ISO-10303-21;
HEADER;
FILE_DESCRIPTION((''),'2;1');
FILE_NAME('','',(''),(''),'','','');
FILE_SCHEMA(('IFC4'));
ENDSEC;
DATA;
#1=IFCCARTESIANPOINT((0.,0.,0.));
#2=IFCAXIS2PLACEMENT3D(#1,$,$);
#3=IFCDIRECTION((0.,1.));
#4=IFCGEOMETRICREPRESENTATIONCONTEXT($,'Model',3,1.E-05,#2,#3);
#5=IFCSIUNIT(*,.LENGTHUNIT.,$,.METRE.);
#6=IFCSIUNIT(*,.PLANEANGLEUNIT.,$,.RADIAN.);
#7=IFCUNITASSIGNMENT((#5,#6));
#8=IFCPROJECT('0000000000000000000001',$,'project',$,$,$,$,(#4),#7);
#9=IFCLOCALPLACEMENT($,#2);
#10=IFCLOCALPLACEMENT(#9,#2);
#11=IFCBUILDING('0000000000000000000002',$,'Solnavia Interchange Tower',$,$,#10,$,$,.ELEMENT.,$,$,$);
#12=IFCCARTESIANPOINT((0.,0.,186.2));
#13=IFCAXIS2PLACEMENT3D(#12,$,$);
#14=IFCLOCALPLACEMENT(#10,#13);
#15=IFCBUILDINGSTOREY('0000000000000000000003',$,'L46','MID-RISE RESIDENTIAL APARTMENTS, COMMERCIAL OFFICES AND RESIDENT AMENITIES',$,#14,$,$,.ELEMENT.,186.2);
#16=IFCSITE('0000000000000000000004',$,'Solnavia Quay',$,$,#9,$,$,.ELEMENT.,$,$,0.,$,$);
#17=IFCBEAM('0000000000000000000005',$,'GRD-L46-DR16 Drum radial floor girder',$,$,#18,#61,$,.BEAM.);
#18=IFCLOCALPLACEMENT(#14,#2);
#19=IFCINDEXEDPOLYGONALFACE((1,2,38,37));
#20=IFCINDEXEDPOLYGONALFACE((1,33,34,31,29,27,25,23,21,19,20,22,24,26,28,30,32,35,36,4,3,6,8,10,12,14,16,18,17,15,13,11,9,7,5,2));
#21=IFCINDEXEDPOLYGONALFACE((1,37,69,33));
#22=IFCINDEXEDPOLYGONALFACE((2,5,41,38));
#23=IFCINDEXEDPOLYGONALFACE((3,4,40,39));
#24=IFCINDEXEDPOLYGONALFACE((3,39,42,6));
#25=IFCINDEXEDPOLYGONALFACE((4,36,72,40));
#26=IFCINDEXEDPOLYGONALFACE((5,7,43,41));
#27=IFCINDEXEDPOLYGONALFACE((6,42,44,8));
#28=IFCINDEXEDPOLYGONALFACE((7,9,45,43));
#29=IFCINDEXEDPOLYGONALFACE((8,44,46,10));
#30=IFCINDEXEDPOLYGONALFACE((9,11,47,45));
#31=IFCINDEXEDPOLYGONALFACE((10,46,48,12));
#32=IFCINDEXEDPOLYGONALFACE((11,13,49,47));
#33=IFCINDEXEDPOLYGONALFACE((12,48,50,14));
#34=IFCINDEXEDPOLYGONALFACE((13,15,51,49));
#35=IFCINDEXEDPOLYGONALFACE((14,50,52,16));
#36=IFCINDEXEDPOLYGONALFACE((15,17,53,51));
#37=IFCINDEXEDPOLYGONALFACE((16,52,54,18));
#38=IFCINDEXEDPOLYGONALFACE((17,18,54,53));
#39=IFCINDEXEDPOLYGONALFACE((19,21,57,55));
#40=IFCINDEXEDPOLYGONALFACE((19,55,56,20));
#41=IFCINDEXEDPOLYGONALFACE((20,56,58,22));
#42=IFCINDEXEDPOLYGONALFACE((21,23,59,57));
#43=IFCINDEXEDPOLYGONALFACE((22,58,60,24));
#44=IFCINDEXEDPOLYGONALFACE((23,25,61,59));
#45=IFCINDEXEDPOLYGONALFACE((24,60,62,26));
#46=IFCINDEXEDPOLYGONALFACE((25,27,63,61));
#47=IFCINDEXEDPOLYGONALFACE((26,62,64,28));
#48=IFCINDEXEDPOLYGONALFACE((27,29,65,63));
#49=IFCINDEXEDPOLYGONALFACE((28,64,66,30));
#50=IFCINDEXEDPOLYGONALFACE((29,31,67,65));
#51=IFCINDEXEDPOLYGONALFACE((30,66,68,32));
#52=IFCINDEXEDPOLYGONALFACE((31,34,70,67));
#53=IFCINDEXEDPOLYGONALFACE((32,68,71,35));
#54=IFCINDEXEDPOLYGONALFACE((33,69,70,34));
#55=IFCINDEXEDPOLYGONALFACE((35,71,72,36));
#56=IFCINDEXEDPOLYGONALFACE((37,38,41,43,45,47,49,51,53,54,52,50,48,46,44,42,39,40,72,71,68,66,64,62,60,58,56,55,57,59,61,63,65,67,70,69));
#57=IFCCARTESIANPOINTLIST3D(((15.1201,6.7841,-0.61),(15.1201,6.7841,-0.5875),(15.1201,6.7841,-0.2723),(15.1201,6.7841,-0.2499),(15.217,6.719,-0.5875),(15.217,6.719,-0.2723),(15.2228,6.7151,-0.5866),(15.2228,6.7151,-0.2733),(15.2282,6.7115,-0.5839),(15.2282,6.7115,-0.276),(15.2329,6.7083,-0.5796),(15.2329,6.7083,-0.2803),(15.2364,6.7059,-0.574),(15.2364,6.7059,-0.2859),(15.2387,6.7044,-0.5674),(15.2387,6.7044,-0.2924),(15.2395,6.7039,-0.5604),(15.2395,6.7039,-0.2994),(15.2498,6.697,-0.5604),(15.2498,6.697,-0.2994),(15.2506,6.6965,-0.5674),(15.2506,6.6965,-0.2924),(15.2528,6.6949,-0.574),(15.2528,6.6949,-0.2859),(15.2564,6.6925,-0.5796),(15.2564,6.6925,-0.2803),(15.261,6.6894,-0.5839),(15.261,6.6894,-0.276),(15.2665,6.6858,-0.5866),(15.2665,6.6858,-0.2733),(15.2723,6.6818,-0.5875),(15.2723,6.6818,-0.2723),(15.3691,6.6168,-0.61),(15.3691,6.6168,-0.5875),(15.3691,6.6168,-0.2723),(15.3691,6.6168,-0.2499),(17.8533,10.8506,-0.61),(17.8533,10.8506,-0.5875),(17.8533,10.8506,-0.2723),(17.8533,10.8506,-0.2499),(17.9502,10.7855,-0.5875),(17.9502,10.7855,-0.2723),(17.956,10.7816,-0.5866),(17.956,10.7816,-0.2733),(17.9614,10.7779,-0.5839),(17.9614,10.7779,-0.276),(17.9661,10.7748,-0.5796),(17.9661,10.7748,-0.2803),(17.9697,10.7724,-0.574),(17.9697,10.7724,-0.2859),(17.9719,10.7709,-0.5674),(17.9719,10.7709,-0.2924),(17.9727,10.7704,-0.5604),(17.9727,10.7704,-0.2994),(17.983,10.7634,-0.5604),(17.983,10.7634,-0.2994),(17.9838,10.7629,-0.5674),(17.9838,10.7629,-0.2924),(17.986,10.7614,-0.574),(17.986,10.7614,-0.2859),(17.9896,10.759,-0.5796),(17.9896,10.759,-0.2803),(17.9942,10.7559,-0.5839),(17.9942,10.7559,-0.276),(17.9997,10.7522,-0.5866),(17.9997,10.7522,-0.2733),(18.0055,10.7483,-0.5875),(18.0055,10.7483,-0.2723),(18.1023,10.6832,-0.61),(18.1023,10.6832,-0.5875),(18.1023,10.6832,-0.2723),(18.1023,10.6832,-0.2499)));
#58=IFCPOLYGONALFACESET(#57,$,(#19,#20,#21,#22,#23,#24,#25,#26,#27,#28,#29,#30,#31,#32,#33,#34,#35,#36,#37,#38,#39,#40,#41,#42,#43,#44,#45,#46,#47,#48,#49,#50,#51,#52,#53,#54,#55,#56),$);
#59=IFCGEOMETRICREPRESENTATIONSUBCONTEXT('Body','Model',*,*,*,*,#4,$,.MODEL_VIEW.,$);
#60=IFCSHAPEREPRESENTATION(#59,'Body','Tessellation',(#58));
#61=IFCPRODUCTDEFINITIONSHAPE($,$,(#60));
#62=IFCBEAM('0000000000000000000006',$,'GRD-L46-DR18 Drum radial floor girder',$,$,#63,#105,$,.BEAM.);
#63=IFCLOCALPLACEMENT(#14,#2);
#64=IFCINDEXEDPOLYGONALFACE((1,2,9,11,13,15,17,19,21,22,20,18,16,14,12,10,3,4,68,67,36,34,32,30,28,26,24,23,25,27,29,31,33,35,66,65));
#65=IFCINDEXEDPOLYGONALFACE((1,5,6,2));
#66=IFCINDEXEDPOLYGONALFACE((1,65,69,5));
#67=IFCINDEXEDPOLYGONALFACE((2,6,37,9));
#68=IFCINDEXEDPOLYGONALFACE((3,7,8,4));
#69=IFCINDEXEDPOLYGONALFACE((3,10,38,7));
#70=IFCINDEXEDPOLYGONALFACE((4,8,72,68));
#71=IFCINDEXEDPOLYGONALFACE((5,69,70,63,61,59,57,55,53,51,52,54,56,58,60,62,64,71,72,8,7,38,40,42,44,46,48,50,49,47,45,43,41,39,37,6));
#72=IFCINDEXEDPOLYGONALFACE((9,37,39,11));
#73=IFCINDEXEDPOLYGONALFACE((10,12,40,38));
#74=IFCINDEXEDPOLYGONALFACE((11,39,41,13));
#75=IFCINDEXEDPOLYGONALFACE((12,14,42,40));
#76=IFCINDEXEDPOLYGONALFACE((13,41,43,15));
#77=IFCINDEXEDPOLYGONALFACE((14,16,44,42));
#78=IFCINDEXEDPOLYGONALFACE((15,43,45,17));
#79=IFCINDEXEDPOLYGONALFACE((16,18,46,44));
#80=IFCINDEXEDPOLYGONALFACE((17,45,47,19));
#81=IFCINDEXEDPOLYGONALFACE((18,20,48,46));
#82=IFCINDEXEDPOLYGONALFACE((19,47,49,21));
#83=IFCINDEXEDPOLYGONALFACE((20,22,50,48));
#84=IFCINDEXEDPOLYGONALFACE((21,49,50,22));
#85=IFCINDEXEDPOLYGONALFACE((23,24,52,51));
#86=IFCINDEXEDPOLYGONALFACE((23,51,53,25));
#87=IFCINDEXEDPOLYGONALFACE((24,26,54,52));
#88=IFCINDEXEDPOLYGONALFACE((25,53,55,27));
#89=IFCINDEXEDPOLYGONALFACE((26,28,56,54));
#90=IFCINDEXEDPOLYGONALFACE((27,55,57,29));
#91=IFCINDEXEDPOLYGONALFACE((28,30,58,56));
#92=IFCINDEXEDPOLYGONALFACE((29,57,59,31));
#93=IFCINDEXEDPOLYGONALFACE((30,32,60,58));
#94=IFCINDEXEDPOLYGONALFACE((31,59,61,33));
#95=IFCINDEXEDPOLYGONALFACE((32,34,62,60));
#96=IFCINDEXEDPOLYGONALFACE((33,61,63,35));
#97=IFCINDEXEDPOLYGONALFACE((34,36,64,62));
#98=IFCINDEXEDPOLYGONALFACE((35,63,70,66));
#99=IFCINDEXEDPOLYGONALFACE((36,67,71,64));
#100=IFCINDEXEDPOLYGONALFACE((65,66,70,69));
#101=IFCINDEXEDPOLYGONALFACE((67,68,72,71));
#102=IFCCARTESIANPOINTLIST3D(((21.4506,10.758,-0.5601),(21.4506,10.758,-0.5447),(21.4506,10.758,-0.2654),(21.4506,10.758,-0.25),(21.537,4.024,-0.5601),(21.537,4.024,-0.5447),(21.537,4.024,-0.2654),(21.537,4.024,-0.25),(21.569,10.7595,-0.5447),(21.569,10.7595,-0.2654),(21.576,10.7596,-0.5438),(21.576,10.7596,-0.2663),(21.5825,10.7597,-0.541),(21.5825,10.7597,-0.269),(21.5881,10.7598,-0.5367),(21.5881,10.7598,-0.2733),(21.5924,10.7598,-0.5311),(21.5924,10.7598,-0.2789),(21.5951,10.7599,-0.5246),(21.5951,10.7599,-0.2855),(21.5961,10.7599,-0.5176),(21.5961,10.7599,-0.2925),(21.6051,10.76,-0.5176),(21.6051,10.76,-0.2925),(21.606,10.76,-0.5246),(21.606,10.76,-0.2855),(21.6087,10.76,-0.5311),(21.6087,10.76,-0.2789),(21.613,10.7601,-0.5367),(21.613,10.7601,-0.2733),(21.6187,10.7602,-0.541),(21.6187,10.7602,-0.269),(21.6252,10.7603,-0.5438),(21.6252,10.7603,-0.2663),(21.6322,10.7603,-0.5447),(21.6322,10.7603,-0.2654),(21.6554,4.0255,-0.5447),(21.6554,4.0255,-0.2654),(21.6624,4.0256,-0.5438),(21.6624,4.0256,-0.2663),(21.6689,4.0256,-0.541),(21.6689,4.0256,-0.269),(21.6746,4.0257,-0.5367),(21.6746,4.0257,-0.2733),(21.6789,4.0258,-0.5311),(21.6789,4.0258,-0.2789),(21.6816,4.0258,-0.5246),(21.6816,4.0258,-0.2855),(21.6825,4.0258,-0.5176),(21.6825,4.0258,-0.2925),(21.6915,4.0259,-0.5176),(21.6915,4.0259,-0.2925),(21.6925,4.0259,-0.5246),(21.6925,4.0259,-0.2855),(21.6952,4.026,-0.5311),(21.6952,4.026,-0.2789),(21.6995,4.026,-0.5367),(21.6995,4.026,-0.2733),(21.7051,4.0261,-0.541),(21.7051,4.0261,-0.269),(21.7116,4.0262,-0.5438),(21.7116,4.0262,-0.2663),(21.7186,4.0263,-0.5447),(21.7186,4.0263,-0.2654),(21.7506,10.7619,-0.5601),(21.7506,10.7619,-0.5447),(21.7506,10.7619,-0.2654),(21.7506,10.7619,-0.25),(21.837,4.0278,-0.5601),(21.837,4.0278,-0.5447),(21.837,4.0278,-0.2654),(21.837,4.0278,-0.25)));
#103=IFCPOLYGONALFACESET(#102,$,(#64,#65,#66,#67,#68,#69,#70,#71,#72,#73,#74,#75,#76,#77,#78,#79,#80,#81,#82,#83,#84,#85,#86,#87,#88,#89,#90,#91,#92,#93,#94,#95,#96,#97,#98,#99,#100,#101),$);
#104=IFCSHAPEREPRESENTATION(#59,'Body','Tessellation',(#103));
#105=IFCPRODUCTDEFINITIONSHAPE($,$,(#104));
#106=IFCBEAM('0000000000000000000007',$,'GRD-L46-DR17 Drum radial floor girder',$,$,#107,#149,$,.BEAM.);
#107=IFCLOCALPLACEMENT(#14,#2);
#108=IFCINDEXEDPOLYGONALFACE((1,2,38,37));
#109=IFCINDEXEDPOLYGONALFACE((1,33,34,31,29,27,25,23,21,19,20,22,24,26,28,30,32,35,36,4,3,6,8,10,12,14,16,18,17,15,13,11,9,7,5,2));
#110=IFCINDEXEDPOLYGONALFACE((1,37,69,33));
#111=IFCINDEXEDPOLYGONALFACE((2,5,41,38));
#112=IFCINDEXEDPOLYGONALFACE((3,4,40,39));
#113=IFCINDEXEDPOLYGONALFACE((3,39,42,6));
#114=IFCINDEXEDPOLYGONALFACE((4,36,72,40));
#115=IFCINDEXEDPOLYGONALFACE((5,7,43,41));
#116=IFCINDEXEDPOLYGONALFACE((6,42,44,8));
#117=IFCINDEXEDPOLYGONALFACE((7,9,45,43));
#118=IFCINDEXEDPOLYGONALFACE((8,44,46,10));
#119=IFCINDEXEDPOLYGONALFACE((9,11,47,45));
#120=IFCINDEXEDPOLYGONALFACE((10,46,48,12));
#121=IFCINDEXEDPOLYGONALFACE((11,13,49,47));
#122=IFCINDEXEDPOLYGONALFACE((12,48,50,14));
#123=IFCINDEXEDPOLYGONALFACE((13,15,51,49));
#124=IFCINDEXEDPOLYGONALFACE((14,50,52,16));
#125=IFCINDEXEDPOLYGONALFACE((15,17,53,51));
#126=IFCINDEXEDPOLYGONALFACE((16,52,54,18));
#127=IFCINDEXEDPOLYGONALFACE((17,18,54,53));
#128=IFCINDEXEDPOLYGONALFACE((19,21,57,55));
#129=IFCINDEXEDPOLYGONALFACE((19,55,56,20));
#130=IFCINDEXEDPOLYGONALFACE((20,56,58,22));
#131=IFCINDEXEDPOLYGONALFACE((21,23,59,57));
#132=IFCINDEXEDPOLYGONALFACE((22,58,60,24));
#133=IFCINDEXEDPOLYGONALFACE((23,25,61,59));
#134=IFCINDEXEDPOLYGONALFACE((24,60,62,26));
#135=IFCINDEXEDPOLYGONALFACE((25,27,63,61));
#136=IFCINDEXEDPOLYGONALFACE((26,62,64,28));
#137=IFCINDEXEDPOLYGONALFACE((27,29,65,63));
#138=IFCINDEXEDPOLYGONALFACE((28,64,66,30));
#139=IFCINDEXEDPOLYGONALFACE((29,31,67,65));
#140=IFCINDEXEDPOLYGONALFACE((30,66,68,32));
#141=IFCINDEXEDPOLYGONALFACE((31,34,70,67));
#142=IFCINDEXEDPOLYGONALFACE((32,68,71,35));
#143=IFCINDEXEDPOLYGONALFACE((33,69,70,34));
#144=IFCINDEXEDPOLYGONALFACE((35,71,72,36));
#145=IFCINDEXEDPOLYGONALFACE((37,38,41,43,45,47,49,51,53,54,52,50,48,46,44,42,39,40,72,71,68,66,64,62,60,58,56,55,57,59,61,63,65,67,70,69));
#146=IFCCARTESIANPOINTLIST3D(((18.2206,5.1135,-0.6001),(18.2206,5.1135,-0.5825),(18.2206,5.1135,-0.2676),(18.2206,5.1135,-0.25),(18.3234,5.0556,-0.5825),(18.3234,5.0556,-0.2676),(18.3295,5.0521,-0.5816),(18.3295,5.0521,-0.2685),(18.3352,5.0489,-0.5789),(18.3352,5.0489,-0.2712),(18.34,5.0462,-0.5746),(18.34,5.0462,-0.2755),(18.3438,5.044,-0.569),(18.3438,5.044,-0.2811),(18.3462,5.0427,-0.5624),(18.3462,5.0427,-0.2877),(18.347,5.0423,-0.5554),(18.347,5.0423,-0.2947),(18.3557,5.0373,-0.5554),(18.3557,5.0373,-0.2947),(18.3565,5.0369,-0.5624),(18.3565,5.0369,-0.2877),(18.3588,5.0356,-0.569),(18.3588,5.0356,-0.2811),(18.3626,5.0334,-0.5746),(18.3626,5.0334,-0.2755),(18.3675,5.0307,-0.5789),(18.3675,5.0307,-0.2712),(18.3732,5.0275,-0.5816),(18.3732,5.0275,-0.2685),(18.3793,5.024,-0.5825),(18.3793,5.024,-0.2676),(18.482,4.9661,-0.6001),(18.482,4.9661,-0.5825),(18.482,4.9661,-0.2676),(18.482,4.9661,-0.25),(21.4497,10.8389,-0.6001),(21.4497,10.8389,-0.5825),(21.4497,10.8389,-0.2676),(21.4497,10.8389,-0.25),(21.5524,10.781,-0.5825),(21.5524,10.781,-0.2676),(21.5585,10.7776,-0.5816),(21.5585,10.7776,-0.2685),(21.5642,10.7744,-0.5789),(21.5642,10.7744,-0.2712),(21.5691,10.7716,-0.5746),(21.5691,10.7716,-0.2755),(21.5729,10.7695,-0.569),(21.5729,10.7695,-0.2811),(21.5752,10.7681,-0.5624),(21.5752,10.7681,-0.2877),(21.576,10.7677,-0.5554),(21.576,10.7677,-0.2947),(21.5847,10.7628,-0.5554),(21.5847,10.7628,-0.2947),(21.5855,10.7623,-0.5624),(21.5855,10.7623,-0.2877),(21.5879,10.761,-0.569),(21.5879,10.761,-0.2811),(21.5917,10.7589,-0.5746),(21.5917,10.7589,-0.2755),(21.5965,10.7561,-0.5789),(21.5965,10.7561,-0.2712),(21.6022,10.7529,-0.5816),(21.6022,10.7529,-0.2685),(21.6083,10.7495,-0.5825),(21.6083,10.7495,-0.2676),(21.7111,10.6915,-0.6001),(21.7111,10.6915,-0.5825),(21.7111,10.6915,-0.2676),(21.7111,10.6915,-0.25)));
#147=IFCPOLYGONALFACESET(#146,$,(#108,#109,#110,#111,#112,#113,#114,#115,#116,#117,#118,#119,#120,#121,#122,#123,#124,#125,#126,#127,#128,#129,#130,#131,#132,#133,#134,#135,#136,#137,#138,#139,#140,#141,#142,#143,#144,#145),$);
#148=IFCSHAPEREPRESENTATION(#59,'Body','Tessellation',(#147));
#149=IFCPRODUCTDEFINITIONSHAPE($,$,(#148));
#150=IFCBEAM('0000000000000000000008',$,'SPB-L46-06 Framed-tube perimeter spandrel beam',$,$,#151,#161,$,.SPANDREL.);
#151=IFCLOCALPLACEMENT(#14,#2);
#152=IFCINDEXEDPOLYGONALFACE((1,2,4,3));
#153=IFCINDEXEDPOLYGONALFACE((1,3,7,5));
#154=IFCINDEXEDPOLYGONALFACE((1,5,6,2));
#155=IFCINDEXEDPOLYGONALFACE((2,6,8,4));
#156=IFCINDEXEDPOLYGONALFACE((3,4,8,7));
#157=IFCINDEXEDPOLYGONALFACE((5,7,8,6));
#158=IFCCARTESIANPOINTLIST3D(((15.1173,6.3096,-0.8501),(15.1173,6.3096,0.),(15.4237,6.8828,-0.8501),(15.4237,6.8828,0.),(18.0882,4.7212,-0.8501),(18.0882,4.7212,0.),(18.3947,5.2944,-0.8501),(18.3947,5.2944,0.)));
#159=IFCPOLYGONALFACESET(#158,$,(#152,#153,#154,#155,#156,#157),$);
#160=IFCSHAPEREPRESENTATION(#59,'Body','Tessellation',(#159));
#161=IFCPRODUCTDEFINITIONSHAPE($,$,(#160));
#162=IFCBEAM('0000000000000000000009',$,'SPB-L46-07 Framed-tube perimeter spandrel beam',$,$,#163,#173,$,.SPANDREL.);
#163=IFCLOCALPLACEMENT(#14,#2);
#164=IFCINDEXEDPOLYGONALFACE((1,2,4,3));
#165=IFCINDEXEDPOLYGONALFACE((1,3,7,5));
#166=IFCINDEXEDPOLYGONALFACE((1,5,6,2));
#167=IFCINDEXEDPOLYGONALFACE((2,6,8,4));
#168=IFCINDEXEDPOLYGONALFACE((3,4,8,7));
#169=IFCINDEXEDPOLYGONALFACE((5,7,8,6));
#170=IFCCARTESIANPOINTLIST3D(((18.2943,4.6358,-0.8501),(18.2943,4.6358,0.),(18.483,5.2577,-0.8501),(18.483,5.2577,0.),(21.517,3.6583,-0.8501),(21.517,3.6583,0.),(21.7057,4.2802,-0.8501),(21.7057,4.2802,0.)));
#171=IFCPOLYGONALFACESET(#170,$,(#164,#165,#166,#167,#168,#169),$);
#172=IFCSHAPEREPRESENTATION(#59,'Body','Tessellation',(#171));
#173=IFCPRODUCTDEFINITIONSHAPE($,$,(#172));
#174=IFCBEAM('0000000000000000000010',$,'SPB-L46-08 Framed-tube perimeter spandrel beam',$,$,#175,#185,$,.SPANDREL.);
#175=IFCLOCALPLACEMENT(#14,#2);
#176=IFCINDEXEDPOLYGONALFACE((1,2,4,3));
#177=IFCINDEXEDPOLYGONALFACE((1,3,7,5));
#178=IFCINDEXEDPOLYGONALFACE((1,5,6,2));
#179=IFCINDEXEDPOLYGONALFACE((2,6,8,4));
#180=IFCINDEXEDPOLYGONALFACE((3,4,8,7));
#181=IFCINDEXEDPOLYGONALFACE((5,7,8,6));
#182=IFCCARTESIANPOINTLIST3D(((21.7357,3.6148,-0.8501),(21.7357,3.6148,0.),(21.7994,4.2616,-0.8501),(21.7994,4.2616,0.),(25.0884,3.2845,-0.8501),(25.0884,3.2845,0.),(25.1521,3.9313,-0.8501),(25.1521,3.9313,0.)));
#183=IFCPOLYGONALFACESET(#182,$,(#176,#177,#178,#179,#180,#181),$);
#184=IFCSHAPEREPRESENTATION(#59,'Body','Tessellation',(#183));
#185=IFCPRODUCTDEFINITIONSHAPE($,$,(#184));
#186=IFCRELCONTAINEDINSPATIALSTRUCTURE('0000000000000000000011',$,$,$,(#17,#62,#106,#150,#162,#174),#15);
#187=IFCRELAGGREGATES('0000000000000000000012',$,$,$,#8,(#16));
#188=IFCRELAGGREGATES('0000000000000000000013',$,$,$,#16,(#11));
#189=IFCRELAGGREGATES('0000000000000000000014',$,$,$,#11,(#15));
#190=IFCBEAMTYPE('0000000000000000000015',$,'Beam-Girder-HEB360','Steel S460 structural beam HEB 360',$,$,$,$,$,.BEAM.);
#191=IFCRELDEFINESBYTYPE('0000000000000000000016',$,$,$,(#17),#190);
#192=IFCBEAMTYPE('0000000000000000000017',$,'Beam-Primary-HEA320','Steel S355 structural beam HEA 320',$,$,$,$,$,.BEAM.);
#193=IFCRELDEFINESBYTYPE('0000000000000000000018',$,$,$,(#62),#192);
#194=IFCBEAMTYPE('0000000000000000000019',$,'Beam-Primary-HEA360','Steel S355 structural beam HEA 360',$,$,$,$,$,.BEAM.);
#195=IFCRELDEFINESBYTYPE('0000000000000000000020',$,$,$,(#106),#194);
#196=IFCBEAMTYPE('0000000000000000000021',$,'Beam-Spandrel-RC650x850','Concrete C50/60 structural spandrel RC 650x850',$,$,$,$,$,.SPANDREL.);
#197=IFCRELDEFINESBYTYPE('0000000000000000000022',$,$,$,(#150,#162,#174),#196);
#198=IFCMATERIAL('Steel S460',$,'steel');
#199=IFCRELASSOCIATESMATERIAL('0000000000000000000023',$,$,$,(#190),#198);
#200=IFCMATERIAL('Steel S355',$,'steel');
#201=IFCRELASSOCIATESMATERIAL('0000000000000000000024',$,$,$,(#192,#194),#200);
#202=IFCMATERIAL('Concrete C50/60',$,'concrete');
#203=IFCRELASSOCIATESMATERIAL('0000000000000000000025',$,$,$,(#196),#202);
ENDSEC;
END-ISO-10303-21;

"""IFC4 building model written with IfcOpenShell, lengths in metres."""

from ifc_helpers import new_model, si_unit, direction, frame, origin, origin_2d, place, context, subcontext, project, spatial, rectangle, i_section, extrude, material, material_profile, profile_set, type_object, element, save


model = new_model("IFC4")

# Units and contexts
model_context = context("Model", 3, precision=1e-05, world=origin(), true_north=direction((0.0, 1.0)))
body_context = subcontext(model_context, "Body", "Model", "MODEL_VIEW")
ifc_project = project(units=[si_unit("LENGTHUNIT", "METRE"), si_unit("PLANEANGLEUNIT", "RADIAN")], contexts=[model_context])

# Site, building, storey
site_placement = place(None, origin())
site = spatial("IfcSite", under=ifc_project, at=site_placement, Name="Solnavia Quay", CompositionType="ELEMENT", RefElevation=0.0)
building_placement = place(site_placement, origin())
building = spatial("IfcBuilding", under=site, at=building_placement, Name="Solnavia Interchange Tower", CompositionType="ELEMENT")
storey_placement = place(building_placement, frame((0.0, 0.0, 186.2)))
storey = spatial("IfcBuildingStorey", under=building, at=storey_placement, Name="L46", Description="MID-RISE RESIDENTIAL APARTMENTS, COMMERCIAL OFFICES AND RESIDENT AMENITIES", CompositionType="ELEMENT", Elevation=186.2)

# Shared definitions
ifc_material_1 = material(Name="Concrete C50/60", Category="concrete")
ifc_material_2 = material(Name="Steel S355", Category="steel")

# Beams
ifc_material_3 = material(Name="Steel S460", Category="steel")
ifc_material_profile_1 = material_profile(ifc_material_3, i_section(OverallWidth=0.3, OverallDepth=0.3601, WebThickness=0.0125, FlangeThickness=0.0225, FilletRadius=0.0271, at=origin_2d()), Name="HEB 360")
ifc_profile_set_1 = profile_set([ifc_material_profile_1], Name="Steel S460")
beam_type_1 = type_object("IfcBeamType", Name="Beam-Girder-HEB360", Description="Steel S460 structural beam HEB 360", PredefinedType="BEAM", material=ifc_profile_set_1)
beam_1_placement = place(storey_placement, frame((15.2446, 6.7004, -0.4299), z_axis=(0.557835, 0.829952, 0.0), x_axis=(-0.829952, 0.557835, 0.0)))
element("IfcBeam", 1, at=beam_1_placement, inside=storey, type_object=beam_type_1, Name="GRD-L46-DR16 Drum radial floor girder", PredefinedType="BEAM", context=body_context, shape_type="SweptSolid", body=[
    extrude(i_section(OverallWidth=0.3, OverallDepth=0.3601, WebThickness=0.0125, FlangeThickness=0.0225, FilletRadius=0.0271, at=origin_2d()), origin(), (0.0, 0.0, 1.0), 4.8997),
])
ifc_material_profile_2 = material_profile(ifc_material_2, i_section(OverallWidth=0.3, OverallDepth=0.3101, WebThickness=0.009, FlangeThickness=0.0154, FilletRadius=0.0271, at=origin_2d()), Name="HEA 320")
ifc_profile_set_2 = profile_set([ifc_material_profile_2], Name="Steel S355")
beam_type_2 = type_object("IfcBeamType", Name="Beam-Primary-HEA320", Description="Steel S355 structural beam HEA 320", PredefinedType="BEAM", material=ifc_profile_set_2)
beam_2_placement = place(storey_placement, frame((21.687, 4.0259, -0.405), z_axis=(-0.012833, 0.999918, 0.0), x_axis=(-0.999918, -0.012833, 0.0)))
element("IfcBeam", 2, at=beam_2_placement, inside=storey, type_object=beam_type_2, Name="GRD-L46-DR18 Drum radial floor girder", PredefinedType="BEAM", context=body_context, shape_type="SweptSolid", body=[
    extrude(i_section(OverallWidth=0.3, OverallDepth=0.3101, WebThickness=0.009, FlangeThickness=0.0154, FilletRadius=0.0271, at=origin_2d()), origin(), (0.0, 0.0, 1.0), 6.7346),
])
ifc_material_profile_3 = material_profile(ifc_material_2, i_section(OverallWidth=0.3, OverallDepth=0.3501, WebThickness=0.01, FlangeThickness=0.0176, FilletRadius=0.0271, at=origin_2d()), Name="HEA 360")
ifc_profile_set_3 = profile_set([ifc_material_profile_3], Name="Steel S355")
beam_type_3 = type_object("IfcBeamType", Name="Beam-Primary-HEA360", Description="Steel S355 structural beam HEA 360", PredefinedType="BEAM", material=ifc_profile_set_3)
beam_3_placement = place(storey_placement, frame((18.3513, 5.0398, -0.425), z_axis=(0.491243, 0.871022, 0.0), x_axis=(-0.871022, 0.491243, 0.0)))
element("IfcBeam", 3, at=beam_3_placement, inside=storey, type_object=beam_type_3, Name="GRD-L46-DR17 Drum radial floor girder", PredefinedType="BEAM", context=body_context, shape_type="SweptSolid", body=[
    extrude(i_section(OverallWidth=0.3, OverallDepth=0.3501, WebThickness=0.01, FlangeThickness=0.0176, FilletRadius=0.0271, at=origin_2d()), origin(), (0.0, 0.0, 1.0), 6.5732),
])
ifc_material_profile_4 = material_profile(ifc_material_1, rectangle(XDim=0.6499, YDim=0.8501, at=origin_2d()), Name="RC 650x850")
ifc_profile_set_4 = profile_set([ifc_material_profile_4], Name="Concrete C50/60")
beam_type_4 = type_object("IfcBeamType", Name="Beam-Spandrel-RC650x850", Description="Concrete C50/60 structural spandrel RC 650x850", PredefinedType="SPANDREL", material=ifc_profile_set_4)
beam_4_placement = place(storey_placement, frame((15.2705, 6.5962, -0.425), z_axis=(0.881875, -0.471483, 0.0), x_axis=(0.471483, 0.881875, 0.0)))
element("IfcBeam", 4, at=beam_4_placement, inside=storey, type_object=beam_type_4, Name="SPB-L46-06 Framed-tube perimeter spandrel beam", PredefinedType="SPANDREL", context=body_context, shape_type="SweptSolid", body=[
    extrude(rectangle(XDim=0.6499, YDim=0.8501, at=origin_2d()), origin(), (0.0, 0.0, 1.0), 3.3689),
])
beam_5_placement = place(storey_placement, frame((18.3887, 4.9468, -0.425), z_axis=(0.956944, -0.290273, 0.0), x_axis=(0.290273, 0.956944, 0.0)))
element("IfcBeam", 5, at=beam_5_placement, inside=storey, type_object=beam_type_4, Name="SPB-L46-07 Framed-tube perimeter spandrel beam", PredefinedType="SPANDREL", context=body_context, shape_type="SweptSolid", body=[
    extrude(rectangle(XDim=0.6499, YDim=0.8501, at=origin_2d()), origin(), (0.0, 0.0, 1.0), 3.3677),
])
beam_6_placement = place(storey_placement, frame((21.7676, 3.9382, -0.425), z_axis=(0.995182, -0.098047, 0.0), x_axis=(0.098047, 0.995182, 0.0)))
element("IfcBeam", 6, at=beam_6_placement, inside=storey, type_object=beam_type_4, Name="SPB-L46-08 Framed-tube perimeter spandrel beam", PredefinedType="SPANDREL", context=body_context, shape_type="SweptSolid", body=[
    extrude(rectangle(XDim=0.6499, YDim=0.8501, at=origin_2d()), origin(), (0.0, 0.0, 1.0), 3.3689),
])

save(model, "model.ifc")
